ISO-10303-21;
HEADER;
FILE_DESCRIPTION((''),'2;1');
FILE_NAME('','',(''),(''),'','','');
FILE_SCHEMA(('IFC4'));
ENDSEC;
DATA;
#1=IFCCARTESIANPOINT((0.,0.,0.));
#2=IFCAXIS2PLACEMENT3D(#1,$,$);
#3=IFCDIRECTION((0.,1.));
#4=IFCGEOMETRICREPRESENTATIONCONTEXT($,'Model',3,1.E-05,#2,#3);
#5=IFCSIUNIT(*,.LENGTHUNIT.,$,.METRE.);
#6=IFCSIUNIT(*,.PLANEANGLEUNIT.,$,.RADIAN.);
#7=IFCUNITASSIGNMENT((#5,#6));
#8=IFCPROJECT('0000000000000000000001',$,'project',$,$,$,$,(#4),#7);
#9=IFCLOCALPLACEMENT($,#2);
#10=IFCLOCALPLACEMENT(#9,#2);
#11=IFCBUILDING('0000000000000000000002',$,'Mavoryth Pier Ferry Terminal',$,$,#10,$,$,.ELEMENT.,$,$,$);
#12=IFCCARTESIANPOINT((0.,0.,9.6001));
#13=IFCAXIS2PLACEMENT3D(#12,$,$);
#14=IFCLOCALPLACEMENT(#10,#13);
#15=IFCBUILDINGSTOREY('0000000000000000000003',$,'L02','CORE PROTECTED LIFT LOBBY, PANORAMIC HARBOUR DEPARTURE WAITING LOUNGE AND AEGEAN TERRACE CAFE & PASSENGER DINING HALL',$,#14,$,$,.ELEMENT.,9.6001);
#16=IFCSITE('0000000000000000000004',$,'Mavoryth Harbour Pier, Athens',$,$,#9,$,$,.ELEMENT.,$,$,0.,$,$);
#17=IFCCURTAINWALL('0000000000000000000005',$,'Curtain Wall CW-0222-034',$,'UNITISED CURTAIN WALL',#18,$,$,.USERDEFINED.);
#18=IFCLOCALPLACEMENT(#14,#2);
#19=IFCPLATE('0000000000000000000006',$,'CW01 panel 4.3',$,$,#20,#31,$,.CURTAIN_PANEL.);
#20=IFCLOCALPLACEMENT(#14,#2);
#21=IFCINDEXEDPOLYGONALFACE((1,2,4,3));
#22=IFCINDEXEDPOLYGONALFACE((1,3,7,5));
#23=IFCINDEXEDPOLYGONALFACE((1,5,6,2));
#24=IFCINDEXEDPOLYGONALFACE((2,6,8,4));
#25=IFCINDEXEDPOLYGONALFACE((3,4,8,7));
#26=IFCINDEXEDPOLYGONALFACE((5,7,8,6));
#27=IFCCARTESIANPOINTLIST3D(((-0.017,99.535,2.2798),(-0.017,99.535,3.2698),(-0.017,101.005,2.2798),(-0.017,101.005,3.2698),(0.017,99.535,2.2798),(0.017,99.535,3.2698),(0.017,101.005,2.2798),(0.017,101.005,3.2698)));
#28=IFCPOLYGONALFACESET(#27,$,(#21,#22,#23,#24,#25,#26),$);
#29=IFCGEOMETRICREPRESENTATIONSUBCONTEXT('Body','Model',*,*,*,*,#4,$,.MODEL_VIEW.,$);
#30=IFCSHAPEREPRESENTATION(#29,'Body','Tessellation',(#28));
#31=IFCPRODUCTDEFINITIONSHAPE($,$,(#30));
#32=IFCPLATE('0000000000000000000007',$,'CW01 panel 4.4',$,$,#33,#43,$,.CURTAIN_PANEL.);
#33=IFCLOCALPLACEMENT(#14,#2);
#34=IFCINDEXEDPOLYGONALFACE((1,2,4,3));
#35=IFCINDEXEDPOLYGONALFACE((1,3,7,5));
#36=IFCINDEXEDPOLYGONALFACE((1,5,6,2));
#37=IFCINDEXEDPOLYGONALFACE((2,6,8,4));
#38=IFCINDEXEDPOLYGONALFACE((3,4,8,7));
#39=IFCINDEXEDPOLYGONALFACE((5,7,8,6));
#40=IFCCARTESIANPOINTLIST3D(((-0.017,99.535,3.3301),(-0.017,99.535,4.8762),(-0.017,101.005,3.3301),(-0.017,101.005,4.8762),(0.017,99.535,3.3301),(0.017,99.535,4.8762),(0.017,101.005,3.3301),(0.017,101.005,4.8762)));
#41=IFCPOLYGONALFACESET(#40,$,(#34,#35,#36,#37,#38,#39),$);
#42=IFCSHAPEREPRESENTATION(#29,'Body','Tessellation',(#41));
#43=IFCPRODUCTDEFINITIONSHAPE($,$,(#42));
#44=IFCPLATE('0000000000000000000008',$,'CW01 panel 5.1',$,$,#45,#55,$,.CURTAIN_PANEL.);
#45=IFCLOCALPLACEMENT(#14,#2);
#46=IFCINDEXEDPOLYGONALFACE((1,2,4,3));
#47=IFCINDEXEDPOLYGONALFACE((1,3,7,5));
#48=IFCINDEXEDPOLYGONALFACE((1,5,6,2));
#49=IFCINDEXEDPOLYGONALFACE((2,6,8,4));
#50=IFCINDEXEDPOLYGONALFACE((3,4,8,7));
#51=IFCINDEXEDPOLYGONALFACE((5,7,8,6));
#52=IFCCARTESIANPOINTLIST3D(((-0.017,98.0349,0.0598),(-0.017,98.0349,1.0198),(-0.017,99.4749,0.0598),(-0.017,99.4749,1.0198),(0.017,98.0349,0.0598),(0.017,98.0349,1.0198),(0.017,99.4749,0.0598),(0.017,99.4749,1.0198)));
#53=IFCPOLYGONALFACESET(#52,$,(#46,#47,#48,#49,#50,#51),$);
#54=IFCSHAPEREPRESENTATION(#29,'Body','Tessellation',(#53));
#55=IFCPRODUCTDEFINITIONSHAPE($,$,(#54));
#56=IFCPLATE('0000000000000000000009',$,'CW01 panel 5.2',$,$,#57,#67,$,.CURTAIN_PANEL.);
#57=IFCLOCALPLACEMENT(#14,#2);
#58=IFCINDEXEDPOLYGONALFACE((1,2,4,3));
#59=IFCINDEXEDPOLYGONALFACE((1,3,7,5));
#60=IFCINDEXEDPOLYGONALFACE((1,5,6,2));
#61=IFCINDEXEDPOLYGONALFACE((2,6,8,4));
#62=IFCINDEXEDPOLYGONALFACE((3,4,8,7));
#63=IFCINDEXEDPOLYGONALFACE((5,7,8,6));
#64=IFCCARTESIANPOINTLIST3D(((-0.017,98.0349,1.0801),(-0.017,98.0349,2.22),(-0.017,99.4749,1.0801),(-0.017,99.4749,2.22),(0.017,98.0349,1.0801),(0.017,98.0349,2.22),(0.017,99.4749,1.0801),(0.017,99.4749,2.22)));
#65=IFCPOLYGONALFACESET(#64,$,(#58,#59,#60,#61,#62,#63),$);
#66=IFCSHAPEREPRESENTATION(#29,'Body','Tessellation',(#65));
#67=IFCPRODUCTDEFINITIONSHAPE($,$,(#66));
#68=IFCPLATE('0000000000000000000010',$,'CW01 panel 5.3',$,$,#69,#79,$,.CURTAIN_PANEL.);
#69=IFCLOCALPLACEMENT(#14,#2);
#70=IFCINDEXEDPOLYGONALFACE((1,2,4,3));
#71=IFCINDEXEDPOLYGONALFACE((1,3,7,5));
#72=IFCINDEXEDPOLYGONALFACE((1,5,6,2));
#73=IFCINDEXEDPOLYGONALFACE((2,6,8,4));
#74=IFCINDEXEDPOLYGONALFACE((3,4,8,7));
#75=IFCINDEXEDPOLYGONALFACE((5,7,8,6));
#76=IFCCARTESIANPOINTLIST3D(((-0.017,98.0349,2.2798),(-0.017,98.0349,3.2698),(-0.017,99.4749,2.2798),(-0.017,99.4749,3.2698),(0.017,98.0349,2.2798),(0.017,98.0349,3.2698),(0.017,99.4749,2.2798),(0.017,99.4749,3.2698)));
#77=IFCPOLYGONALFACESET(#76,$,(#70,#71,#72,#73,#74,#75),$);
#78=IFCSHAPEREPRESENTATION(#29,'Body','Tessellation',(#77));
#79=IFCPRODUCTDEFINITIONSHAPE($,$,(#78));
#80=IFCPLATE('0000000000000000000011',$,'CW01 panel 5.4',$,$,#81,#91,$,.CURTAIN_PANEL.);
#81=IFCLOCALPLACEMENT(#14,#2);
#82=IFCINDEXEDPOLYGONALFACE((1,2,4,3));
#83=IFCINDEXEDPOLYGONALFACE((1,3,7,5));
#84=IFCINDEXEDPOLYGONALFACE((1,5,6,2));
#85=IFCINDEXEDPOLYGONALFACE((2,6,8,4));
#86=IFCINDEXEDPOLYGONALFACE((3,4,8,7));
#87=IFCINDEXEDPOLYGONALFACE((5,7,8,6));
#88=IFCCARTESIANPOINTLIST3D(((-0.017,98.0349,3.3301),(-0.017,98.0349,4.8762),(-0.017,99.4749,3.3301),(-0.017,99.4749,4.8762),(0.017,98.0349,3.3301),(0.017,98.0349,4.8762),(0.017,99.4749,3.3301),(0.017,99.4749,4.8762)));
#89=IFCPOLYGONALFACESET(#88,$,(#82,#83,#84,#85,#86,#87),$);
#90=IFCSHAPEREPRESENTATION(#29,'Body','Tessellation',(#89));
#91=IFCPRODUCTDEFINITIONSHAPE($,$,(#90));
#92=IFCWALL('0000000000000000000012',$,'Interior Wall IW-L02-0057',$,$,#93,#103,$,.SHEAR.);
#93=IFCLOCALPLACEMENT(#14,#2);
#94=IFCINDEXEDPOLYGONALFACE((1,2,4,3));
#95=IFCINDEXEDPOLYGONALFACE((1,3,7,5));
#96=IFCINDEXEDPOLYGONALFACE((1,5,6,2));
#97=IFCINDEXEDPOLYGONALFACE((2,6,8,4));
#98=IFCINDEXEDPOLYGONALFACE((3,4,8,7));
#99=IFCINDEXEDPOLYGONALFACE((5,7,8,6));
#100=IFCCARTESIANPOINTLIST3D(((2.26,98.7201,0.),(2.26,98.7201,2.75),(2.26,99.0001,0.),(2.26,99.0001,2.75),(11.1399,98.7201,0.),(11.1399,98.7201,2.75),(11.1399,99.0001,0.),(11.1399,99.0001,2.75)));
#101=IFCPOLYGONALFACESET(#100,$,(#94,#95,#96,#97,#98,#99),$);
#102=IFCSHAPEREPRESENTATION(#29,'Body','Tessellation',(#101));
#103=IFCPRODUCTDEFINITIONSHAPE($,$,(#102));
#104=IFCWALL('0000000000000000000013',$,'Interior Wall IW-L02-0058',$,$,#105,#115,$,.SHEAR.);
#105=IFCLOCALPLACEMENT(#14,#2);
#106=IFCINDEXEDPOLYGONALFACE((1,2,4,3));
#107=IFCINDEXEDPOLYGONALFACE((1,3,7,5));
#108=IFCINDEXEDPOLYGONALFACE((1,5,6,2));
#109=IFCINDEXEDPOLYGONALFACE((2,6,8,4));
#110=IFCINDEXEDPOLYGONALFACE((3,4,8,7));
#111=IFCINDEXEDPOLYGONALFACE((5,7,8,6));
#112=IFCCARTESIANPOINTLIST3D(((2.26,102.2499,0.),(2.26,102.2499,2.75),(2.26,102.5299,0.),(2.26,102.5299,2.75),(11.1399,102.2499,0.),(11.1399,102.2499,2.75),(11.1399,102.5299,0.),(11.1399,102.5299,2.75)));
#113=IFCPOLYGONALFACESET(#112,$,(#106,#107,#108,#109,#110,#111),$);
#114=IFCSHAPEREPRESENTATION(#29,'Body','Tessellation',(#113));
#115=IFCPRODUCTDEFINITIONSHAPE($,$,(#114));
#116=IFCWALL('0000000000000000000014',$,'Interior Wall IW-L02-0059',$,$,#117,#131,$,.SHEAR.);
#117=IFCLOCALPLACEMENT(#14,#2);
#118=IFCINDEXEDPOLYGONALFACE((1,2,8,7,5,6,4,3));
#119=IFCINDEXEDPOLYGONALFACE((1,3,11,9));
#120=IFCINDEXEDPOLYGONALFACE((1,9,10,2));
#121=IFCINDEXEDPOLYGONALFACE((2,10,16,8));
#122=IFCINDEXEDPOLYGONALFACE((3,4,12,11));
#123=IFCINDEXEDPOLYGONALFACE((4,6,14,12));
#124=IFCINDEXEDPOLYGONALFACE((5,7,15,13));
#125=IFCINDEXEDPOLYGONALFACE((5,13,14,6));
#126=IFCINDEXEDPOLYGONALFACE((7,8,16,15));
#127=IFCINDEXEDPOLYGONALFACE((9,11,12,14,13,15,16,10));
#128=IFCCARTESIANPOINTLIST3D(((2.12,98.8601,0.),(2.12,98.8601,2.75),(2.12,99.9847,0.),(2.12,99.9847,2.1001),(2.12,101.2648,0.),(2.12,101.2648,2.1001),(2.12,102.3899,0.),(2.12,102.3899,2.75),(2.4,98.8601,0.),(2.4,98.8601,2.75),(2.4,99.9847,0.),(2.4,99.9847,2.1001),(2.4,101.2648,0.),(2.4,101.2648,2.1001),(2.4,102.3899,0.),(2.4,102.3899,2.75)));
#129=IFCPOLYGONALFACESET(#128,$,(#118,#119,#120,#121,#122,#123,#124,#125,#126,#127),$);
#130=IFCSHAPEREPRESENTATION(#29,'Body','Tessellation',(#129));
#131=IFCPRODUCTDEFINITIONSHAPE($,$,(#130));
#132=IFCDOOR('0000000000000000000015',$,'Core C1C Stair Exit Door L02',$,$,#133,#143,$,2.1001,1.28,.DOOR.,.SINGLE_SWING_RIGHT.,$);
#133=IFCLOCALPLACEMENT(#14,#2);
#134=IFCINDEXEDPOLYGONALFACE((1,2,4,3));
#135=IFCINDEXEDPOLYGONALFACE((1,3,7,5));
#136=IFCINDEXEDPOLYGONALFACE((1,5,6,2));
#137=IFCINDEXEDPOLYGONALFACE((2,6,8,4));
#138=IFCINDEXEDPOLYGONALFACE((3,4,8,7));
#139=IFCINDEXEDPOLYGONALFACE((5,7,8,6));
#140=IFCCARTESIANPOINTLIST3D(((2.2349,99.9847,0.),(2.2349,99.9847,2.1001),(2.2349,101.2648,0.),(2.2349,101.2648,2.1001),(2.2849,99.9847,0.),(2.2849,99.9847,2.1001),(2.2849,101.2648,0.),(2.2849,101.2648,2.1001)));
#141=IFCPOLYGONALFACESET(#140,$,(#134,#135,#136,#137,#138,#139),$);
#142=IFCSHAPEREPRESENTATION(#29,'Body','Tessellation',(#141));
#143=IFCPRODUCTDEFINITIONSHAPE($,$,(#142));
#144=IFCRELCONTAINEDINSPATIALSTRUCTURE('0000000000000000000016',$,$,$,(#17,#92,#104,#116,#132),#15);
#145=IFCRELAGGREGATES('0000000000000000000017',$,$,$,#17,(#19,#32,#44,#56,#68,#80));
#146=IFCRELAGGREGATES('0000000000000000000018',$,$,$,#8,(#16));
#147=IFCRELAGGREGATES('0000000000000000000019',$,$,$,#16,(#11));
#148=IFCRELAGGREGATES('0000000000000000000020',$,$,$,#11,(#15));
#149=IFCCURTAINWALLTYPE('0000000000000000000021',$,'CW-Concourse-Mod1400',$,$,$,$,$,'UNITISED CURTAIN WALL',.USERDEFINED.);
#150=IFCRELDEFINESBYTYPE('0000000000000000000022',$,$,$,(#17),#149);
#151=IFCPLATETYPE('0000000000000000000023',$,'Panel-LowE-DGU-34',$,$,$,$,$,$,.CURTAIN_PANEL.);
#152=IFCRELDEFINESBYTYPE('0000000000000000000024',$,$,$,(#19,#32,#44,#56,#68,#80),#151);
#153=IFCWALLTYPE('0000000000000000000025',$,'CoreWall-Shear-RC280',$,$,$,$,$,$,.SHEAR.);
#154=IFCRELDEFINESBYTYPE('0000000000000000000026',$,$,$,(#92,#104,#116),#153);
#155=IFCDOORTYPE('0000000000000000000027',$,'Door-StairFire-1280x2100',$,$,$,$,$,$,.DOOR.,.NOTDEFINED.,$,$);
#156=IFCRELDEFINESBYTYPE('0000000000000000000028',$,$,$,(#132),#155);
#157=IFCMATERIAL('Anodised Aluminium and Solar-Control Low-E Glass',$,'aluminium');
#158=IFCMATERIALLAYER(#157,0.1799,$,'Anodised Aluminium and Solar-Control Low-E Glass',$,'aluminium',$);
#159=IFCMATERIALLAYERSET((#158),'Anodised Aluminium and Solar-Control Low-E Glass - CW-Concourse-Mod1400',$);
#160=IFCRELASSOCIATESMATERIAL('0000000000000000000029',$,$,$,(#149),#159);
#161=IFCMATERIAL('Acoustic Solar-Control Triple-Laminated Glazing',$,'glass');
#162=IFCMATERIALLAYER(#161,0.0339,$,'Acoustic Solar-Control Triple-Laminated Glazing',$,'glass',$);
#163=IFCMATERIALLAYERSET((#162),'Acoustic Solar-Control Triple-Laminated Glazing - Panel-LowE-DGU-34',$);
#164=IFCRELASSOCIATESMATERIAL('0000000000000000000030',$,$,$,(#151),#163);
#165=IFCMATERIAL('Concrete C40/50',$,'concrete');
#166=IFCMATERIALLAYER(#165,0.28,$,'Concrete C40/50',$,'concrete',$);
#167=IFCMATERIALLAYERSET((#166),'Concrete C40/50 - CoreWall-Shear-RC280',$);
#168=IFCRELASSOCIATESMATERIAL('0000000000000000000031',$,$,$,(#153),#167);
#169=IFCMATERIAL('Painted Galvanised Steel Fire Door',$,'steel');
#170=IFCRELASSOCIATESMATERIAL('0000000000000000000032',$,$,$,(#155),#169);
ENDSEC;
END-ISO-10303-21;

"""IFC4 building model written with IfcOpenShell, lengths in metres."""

from ifc_helpers import new_model, si_unit, direction, frame, frame_2d, origin, origin_2d, place, context, subcontext, project, spatial, rectangle, extrude, material, layer, layer_set, type_object, element, fill, aggregate, save


model = new_model("IFC4")

# Units and contexts
model_context = context("Model", 3, precision=1e-05, world=origin(), true_north=direction((0.0, 1.0)))
body_context = subcontext(model_context, "Body", "Model", "MODEL_VIEW")
ifc_project = project(units=[si_unit("LENGTHUNIT", "METRE"), si_unit("PLANEANGLEUNIT", "RADIAN")], contexts=[model_context])

# Site, building, storey
site_placement = place(None, origin())
site = spatial("IfcSite", under=ifc_project, at=site_placement, Name="Mavoryth Harbour Pier, Athens", CompositionType="ELEMENT", RefElevation=0.0)
building_placement = place(site_placement, origin())
building = spatial("IfcBuilding", under=site, at=building_placement, Name="Mavoryth Pier Ferry Terminal", CompositionType="ELEMENT")
storey_placement = place(building_placement, frame((0.0, 0.0, 9.6001)))
storey = spatial("IfcBuildingStorey", under=building, at=storey_placement, Name="L02", Description="CORE PROTECTED LIFT LOBBY, PANORAMIC HARBOUR DEPARTURE WAITING LOUNGE AND AEGEAN TERRACE CAFE & PASSENGER DINING HALL", CompositionType="ELEMENT", Elevation=9.6001)

# Curtain wall
ifc_material_1 = material(Name="Anodised Aluminium and Solar-Control Low-E Glass", Category="aluminium")
ifc_layer_1 = layer(ifc_material_1, 0.1799, Name="Anodised Aluminium and Solar-Control Low-E Glass", Category="aluminium")
ifc_layer_set_1 = layer_set([ifc_layer_1], Name="Anodised Aluminium and Solar-Control Low-E Glass - CW-Concourse-Mod1400")
curtain_wall_type = type_object("IfcCurtainWallType", Name="CW-Concourse-Mod1400", ElementType="UNITISED CURTAIN WALL", PredefinedType="USERDEFINED", material=ifc_layer_set_1)
curtain_wall_placement = place(storey_placement, origin())
curtain_wall = element("IfcCurtainWall", 1, at=curtain_wall_placement, inside=storey, type_object=curtain_wall_type, Name="Curtain Wall CW-0222-034", ObjectType="UNITISED CURTAIN WALL", PredefinedType="USERDEFINED")

# Plates
ifc_material_2 = material(Name="Acoustic Solar-Control Triple-Laminated Glazing", Category="glass")
ifc_layer_2 = layer(ifc_material_2, 0.0339, Name="Acoustic Solar-Control Triple-Laminated Glazing", Category="glass")
ifc_layer_set_2 = layer_set([ifc_layer_2], Name="Acoustic Solar-Control Triple-Laminated Glazing - Panel-LowE-DGU-34")
plate_type = type_object("IfcPlateType", Name="Panel-LowE-DGU-34", PredefinedType="CURTAIN_PANEL", material=ifc_layer_set_2)
plate_1_placement = place(storey_placement, frame((0.0, 100.27, 2.2798), z_axis=(0.0, 0.0, 1.0), x_axis=(0.0, -1.0, 0.0)))
plate_1 = element("IfcPlate", 2, at=plate_1_placement, type_object=plate_type, Name="CW01 panel 4.3", PredefinedType="CURTAIN_PANEL", context=body_context, shape_type="SweptSolid", body=[
    extrude(rectangle(XDim=1.47, YDim=0.0339, at=origin_2d()), origin(), (0.0, 0.0, 1.0), 0.99),
])
plate_2_placement = place(storey_placement, frame((0.0, 100.27, 3.3301), z_axis=(0.0, 0.0, 1.0), x_axis=(0.0, -1.0, 0.0)))
plate_2 = element("IfcPlate", 3, at=plate_2_placement, type_object=plate_type, Name="CW01 panel 4.4", PredefinedType="CURTAIN_PANEL", context=body_context, shape_type="SweptSolid", body=[
    extrude(rectangle(XDim=1.47, YDim=0.0339, at=origin_2d()), origin(), (0.0, 0.0, 1.0), 1.5461),
])
plate_3_placement = place(storey_placement, frame((0.0, 98.7549, 0.0598), z_axis=(0.0, 0.0, 1.0), x_axis=(0.0, -1.0, 0.0)))
plate_3 = element("IfcPlate", 4, at=plate_3_placement, type_object=plate_type, Name="CW01 panel 5.1", PredefinedType="CURTAIN_PANEL", context=body_context, shape_type="SweptSolid", body=[
    extrude(rectangle(XDim=1.4399, YDim=0.0339, at=origin_2d()), origin(), (0.0, 0.0, 1.0), 0.96),
])
plate_4_placement = place(storey_placement, frame((0.0, 98.7549, 1.0801), z_axis=(0.0, 0.0, 1.0), x_axis=(0.0, -1.0, 0.0)))
plate_4 = element("IfcPlate", 5, at=plate_4_placement, type_object=plate_type, Name="CW01 panel 5.2", PredefinedType="CURTAIN_PANEL", context=body_context, shape_type="SweptSolid", body=[
    extrude(rectangle(XDim=1.4399, YDim=0.0339, at=origin_2d()), origin(), (0.0, 0.0, 1.0), 1.1399),
])
plate_5_placement = place(storey_placement, frame((0.0, 98.7549, 2.2798), z_axis=(0.0, 0.0, 1.0), x_axis=(0.0, -1.0, 0.0)))
plate_5 = element("IfcPlate", 6, at=plate_5_placement, type_object=plate_type, Name="CW01 panel 5.3", PredefinedType="CURTAIN_PANEL", context=body_context, shape_type="SweptSolid", body=[
    extrude(rectangle(XDim=1.4399, YDim=0.0339, at=origin_2d()), origin(), (0.0, 0.0, 1.0), 0.99),
])
plate_6_placement = place(storey_placement, frame((0.0, 98.7549, 3.3301), z_axis=(0.0, 0.0, 1.0), x_axis=(0.0, -1.0, 0.0)))
plate_6 = element("IfcPlate", 7, at=plate_6_placement, type_object=plate_type, Name="CW01 panel 5.4", PredefinedType="CURTAIN_PANEL", context=body_context, shape_type="SweptSolid", body=[
    extrude(rectangle(XDim=1.4399, YDim=0.0339, at=origin_2d()), origin(), (0.0, 0.0, 1.0), 1.5461),
])
aggregate(curtain_wall, [plate_1, plate_2, plate_3, plate_4, plate_5, plate_6])

# Walls
ifc_material_3 = material(Name="Concrete C40/50", Category="concrete")
ifc_layer_3 = layer(ifc_material_3, 0.28, Name="Concrete C40/50", Category="concrete")
ifc_layer_set_3 = layer_set([ifc_layer_3], Name="Concrete C40/50 - CoreWall-Shear-RC280")
wall_type = type_object("IfcWallType", Name="CoreWall-Shear-RC280", PredefinedType="SHEAR", material=ifc_layer_set_3)
for number, where, z_axis, x_axis, name in (
    (8, (2.26, 98.8601, 0.0), (0.0, 0.0, 1.0), (1.0, 0.0, 0.0), "Interior Wall IW-L02-0057"),
    (9, (2.26, 102.3899, 0.0), (0.0, 0.0, 1.0), (1.0, 0.0, 0.0), "Interior Wall IW-L02-0058"),
):
    element("IfcWall", number, at=place(storey_placement, frame(where, z_axis=z_axis, x_axis=x_axis)), inside=storey, type_object=wall_type, Name=name, PredefinedType="SHEAR", context=body_context, shape_type="SweptSolid", body=[
        extrude(rectangle(XDim=8.8799, YDim=0.28, at=frame_2d((4.4399, 0.0))), origin(), (0.0, 0.0, 1.0), 2.75),
    ])

# Wall, opening, door
wall_placement = place(storey_placement, frame((2.26, 102.3899, 0.0), z_axis=(0.0, 0.0, 1.0), x_axis=(0.0, -1.0, 0.0)))
wall = element("IfcWall", 10, at=wall_placement, inside=storey, type_object=wall_type, Name="Interior Wall IW-L02-0059", PredefinedType="SHEAR", context=body_context, shape_type="SweptSolid", body=[
    extrude(rectangle(XDim=3.5298, YDim=0.28, at=frame_2d((1.7649, 0.0))), origin(), (0.0, 0.0, 1.0), 2.75),
])
opening_placement = place(wall_placement, frame((1.125, 0.0, 0.0)))
opening = element("IfcOpeningElement", 11, at=opening_placement, cuts=wall, PredefinedType="OPENING", context=body_context, shape_type="SweptSolid", body=[
    extrude(rectangle(XDim=1.28, YDim=2.1001, at=frame_2d((0.6401, 1.05))), frame((0.0, 0.1499, 0.0), z_axis=(0.0, -1.0, 0.0), x_axis=(1.0, 0.0, 0.0)), (0.0, 0.0, 1.0), 0.3),
])
ifc_material_4 = material(Name="Painted Galvanised Steel Fire Door", Category="steel")
door_type = type_object("IfcDoorType", Name="Door-StairFire-1280x2100", OperationType="NOTDEFINED", PredefinedType="DOOR", material=ifc_material_4)
door_placement = place(opening_placement, origin())
door = element("IfcDoor", 12, at=door_placement, inside=storey, type_object=door_type, Name="Core C1C Stair Exit Door L02", OperationType="SINGLE_SWING_RIGHT", OverallHeight=2.1001, OverallWidth=1.28, PredefinedType="DOOR", context=body_context, shape_type="SweptSolid", body=[
    extrude(rectangle(XDim=1.28, YDim=2.1001, at=frame_2d((0.6401, 1.05))), frame((0.0, 0.0249, 0.0), z_axis=(0.0, -1.0, 0.0), x_axis=(1.0, 0.0, 0.0)), (0.0, 0.0, 1.0), 0.05),
])
fill(opening, door)

save(model, "model.ifc")
